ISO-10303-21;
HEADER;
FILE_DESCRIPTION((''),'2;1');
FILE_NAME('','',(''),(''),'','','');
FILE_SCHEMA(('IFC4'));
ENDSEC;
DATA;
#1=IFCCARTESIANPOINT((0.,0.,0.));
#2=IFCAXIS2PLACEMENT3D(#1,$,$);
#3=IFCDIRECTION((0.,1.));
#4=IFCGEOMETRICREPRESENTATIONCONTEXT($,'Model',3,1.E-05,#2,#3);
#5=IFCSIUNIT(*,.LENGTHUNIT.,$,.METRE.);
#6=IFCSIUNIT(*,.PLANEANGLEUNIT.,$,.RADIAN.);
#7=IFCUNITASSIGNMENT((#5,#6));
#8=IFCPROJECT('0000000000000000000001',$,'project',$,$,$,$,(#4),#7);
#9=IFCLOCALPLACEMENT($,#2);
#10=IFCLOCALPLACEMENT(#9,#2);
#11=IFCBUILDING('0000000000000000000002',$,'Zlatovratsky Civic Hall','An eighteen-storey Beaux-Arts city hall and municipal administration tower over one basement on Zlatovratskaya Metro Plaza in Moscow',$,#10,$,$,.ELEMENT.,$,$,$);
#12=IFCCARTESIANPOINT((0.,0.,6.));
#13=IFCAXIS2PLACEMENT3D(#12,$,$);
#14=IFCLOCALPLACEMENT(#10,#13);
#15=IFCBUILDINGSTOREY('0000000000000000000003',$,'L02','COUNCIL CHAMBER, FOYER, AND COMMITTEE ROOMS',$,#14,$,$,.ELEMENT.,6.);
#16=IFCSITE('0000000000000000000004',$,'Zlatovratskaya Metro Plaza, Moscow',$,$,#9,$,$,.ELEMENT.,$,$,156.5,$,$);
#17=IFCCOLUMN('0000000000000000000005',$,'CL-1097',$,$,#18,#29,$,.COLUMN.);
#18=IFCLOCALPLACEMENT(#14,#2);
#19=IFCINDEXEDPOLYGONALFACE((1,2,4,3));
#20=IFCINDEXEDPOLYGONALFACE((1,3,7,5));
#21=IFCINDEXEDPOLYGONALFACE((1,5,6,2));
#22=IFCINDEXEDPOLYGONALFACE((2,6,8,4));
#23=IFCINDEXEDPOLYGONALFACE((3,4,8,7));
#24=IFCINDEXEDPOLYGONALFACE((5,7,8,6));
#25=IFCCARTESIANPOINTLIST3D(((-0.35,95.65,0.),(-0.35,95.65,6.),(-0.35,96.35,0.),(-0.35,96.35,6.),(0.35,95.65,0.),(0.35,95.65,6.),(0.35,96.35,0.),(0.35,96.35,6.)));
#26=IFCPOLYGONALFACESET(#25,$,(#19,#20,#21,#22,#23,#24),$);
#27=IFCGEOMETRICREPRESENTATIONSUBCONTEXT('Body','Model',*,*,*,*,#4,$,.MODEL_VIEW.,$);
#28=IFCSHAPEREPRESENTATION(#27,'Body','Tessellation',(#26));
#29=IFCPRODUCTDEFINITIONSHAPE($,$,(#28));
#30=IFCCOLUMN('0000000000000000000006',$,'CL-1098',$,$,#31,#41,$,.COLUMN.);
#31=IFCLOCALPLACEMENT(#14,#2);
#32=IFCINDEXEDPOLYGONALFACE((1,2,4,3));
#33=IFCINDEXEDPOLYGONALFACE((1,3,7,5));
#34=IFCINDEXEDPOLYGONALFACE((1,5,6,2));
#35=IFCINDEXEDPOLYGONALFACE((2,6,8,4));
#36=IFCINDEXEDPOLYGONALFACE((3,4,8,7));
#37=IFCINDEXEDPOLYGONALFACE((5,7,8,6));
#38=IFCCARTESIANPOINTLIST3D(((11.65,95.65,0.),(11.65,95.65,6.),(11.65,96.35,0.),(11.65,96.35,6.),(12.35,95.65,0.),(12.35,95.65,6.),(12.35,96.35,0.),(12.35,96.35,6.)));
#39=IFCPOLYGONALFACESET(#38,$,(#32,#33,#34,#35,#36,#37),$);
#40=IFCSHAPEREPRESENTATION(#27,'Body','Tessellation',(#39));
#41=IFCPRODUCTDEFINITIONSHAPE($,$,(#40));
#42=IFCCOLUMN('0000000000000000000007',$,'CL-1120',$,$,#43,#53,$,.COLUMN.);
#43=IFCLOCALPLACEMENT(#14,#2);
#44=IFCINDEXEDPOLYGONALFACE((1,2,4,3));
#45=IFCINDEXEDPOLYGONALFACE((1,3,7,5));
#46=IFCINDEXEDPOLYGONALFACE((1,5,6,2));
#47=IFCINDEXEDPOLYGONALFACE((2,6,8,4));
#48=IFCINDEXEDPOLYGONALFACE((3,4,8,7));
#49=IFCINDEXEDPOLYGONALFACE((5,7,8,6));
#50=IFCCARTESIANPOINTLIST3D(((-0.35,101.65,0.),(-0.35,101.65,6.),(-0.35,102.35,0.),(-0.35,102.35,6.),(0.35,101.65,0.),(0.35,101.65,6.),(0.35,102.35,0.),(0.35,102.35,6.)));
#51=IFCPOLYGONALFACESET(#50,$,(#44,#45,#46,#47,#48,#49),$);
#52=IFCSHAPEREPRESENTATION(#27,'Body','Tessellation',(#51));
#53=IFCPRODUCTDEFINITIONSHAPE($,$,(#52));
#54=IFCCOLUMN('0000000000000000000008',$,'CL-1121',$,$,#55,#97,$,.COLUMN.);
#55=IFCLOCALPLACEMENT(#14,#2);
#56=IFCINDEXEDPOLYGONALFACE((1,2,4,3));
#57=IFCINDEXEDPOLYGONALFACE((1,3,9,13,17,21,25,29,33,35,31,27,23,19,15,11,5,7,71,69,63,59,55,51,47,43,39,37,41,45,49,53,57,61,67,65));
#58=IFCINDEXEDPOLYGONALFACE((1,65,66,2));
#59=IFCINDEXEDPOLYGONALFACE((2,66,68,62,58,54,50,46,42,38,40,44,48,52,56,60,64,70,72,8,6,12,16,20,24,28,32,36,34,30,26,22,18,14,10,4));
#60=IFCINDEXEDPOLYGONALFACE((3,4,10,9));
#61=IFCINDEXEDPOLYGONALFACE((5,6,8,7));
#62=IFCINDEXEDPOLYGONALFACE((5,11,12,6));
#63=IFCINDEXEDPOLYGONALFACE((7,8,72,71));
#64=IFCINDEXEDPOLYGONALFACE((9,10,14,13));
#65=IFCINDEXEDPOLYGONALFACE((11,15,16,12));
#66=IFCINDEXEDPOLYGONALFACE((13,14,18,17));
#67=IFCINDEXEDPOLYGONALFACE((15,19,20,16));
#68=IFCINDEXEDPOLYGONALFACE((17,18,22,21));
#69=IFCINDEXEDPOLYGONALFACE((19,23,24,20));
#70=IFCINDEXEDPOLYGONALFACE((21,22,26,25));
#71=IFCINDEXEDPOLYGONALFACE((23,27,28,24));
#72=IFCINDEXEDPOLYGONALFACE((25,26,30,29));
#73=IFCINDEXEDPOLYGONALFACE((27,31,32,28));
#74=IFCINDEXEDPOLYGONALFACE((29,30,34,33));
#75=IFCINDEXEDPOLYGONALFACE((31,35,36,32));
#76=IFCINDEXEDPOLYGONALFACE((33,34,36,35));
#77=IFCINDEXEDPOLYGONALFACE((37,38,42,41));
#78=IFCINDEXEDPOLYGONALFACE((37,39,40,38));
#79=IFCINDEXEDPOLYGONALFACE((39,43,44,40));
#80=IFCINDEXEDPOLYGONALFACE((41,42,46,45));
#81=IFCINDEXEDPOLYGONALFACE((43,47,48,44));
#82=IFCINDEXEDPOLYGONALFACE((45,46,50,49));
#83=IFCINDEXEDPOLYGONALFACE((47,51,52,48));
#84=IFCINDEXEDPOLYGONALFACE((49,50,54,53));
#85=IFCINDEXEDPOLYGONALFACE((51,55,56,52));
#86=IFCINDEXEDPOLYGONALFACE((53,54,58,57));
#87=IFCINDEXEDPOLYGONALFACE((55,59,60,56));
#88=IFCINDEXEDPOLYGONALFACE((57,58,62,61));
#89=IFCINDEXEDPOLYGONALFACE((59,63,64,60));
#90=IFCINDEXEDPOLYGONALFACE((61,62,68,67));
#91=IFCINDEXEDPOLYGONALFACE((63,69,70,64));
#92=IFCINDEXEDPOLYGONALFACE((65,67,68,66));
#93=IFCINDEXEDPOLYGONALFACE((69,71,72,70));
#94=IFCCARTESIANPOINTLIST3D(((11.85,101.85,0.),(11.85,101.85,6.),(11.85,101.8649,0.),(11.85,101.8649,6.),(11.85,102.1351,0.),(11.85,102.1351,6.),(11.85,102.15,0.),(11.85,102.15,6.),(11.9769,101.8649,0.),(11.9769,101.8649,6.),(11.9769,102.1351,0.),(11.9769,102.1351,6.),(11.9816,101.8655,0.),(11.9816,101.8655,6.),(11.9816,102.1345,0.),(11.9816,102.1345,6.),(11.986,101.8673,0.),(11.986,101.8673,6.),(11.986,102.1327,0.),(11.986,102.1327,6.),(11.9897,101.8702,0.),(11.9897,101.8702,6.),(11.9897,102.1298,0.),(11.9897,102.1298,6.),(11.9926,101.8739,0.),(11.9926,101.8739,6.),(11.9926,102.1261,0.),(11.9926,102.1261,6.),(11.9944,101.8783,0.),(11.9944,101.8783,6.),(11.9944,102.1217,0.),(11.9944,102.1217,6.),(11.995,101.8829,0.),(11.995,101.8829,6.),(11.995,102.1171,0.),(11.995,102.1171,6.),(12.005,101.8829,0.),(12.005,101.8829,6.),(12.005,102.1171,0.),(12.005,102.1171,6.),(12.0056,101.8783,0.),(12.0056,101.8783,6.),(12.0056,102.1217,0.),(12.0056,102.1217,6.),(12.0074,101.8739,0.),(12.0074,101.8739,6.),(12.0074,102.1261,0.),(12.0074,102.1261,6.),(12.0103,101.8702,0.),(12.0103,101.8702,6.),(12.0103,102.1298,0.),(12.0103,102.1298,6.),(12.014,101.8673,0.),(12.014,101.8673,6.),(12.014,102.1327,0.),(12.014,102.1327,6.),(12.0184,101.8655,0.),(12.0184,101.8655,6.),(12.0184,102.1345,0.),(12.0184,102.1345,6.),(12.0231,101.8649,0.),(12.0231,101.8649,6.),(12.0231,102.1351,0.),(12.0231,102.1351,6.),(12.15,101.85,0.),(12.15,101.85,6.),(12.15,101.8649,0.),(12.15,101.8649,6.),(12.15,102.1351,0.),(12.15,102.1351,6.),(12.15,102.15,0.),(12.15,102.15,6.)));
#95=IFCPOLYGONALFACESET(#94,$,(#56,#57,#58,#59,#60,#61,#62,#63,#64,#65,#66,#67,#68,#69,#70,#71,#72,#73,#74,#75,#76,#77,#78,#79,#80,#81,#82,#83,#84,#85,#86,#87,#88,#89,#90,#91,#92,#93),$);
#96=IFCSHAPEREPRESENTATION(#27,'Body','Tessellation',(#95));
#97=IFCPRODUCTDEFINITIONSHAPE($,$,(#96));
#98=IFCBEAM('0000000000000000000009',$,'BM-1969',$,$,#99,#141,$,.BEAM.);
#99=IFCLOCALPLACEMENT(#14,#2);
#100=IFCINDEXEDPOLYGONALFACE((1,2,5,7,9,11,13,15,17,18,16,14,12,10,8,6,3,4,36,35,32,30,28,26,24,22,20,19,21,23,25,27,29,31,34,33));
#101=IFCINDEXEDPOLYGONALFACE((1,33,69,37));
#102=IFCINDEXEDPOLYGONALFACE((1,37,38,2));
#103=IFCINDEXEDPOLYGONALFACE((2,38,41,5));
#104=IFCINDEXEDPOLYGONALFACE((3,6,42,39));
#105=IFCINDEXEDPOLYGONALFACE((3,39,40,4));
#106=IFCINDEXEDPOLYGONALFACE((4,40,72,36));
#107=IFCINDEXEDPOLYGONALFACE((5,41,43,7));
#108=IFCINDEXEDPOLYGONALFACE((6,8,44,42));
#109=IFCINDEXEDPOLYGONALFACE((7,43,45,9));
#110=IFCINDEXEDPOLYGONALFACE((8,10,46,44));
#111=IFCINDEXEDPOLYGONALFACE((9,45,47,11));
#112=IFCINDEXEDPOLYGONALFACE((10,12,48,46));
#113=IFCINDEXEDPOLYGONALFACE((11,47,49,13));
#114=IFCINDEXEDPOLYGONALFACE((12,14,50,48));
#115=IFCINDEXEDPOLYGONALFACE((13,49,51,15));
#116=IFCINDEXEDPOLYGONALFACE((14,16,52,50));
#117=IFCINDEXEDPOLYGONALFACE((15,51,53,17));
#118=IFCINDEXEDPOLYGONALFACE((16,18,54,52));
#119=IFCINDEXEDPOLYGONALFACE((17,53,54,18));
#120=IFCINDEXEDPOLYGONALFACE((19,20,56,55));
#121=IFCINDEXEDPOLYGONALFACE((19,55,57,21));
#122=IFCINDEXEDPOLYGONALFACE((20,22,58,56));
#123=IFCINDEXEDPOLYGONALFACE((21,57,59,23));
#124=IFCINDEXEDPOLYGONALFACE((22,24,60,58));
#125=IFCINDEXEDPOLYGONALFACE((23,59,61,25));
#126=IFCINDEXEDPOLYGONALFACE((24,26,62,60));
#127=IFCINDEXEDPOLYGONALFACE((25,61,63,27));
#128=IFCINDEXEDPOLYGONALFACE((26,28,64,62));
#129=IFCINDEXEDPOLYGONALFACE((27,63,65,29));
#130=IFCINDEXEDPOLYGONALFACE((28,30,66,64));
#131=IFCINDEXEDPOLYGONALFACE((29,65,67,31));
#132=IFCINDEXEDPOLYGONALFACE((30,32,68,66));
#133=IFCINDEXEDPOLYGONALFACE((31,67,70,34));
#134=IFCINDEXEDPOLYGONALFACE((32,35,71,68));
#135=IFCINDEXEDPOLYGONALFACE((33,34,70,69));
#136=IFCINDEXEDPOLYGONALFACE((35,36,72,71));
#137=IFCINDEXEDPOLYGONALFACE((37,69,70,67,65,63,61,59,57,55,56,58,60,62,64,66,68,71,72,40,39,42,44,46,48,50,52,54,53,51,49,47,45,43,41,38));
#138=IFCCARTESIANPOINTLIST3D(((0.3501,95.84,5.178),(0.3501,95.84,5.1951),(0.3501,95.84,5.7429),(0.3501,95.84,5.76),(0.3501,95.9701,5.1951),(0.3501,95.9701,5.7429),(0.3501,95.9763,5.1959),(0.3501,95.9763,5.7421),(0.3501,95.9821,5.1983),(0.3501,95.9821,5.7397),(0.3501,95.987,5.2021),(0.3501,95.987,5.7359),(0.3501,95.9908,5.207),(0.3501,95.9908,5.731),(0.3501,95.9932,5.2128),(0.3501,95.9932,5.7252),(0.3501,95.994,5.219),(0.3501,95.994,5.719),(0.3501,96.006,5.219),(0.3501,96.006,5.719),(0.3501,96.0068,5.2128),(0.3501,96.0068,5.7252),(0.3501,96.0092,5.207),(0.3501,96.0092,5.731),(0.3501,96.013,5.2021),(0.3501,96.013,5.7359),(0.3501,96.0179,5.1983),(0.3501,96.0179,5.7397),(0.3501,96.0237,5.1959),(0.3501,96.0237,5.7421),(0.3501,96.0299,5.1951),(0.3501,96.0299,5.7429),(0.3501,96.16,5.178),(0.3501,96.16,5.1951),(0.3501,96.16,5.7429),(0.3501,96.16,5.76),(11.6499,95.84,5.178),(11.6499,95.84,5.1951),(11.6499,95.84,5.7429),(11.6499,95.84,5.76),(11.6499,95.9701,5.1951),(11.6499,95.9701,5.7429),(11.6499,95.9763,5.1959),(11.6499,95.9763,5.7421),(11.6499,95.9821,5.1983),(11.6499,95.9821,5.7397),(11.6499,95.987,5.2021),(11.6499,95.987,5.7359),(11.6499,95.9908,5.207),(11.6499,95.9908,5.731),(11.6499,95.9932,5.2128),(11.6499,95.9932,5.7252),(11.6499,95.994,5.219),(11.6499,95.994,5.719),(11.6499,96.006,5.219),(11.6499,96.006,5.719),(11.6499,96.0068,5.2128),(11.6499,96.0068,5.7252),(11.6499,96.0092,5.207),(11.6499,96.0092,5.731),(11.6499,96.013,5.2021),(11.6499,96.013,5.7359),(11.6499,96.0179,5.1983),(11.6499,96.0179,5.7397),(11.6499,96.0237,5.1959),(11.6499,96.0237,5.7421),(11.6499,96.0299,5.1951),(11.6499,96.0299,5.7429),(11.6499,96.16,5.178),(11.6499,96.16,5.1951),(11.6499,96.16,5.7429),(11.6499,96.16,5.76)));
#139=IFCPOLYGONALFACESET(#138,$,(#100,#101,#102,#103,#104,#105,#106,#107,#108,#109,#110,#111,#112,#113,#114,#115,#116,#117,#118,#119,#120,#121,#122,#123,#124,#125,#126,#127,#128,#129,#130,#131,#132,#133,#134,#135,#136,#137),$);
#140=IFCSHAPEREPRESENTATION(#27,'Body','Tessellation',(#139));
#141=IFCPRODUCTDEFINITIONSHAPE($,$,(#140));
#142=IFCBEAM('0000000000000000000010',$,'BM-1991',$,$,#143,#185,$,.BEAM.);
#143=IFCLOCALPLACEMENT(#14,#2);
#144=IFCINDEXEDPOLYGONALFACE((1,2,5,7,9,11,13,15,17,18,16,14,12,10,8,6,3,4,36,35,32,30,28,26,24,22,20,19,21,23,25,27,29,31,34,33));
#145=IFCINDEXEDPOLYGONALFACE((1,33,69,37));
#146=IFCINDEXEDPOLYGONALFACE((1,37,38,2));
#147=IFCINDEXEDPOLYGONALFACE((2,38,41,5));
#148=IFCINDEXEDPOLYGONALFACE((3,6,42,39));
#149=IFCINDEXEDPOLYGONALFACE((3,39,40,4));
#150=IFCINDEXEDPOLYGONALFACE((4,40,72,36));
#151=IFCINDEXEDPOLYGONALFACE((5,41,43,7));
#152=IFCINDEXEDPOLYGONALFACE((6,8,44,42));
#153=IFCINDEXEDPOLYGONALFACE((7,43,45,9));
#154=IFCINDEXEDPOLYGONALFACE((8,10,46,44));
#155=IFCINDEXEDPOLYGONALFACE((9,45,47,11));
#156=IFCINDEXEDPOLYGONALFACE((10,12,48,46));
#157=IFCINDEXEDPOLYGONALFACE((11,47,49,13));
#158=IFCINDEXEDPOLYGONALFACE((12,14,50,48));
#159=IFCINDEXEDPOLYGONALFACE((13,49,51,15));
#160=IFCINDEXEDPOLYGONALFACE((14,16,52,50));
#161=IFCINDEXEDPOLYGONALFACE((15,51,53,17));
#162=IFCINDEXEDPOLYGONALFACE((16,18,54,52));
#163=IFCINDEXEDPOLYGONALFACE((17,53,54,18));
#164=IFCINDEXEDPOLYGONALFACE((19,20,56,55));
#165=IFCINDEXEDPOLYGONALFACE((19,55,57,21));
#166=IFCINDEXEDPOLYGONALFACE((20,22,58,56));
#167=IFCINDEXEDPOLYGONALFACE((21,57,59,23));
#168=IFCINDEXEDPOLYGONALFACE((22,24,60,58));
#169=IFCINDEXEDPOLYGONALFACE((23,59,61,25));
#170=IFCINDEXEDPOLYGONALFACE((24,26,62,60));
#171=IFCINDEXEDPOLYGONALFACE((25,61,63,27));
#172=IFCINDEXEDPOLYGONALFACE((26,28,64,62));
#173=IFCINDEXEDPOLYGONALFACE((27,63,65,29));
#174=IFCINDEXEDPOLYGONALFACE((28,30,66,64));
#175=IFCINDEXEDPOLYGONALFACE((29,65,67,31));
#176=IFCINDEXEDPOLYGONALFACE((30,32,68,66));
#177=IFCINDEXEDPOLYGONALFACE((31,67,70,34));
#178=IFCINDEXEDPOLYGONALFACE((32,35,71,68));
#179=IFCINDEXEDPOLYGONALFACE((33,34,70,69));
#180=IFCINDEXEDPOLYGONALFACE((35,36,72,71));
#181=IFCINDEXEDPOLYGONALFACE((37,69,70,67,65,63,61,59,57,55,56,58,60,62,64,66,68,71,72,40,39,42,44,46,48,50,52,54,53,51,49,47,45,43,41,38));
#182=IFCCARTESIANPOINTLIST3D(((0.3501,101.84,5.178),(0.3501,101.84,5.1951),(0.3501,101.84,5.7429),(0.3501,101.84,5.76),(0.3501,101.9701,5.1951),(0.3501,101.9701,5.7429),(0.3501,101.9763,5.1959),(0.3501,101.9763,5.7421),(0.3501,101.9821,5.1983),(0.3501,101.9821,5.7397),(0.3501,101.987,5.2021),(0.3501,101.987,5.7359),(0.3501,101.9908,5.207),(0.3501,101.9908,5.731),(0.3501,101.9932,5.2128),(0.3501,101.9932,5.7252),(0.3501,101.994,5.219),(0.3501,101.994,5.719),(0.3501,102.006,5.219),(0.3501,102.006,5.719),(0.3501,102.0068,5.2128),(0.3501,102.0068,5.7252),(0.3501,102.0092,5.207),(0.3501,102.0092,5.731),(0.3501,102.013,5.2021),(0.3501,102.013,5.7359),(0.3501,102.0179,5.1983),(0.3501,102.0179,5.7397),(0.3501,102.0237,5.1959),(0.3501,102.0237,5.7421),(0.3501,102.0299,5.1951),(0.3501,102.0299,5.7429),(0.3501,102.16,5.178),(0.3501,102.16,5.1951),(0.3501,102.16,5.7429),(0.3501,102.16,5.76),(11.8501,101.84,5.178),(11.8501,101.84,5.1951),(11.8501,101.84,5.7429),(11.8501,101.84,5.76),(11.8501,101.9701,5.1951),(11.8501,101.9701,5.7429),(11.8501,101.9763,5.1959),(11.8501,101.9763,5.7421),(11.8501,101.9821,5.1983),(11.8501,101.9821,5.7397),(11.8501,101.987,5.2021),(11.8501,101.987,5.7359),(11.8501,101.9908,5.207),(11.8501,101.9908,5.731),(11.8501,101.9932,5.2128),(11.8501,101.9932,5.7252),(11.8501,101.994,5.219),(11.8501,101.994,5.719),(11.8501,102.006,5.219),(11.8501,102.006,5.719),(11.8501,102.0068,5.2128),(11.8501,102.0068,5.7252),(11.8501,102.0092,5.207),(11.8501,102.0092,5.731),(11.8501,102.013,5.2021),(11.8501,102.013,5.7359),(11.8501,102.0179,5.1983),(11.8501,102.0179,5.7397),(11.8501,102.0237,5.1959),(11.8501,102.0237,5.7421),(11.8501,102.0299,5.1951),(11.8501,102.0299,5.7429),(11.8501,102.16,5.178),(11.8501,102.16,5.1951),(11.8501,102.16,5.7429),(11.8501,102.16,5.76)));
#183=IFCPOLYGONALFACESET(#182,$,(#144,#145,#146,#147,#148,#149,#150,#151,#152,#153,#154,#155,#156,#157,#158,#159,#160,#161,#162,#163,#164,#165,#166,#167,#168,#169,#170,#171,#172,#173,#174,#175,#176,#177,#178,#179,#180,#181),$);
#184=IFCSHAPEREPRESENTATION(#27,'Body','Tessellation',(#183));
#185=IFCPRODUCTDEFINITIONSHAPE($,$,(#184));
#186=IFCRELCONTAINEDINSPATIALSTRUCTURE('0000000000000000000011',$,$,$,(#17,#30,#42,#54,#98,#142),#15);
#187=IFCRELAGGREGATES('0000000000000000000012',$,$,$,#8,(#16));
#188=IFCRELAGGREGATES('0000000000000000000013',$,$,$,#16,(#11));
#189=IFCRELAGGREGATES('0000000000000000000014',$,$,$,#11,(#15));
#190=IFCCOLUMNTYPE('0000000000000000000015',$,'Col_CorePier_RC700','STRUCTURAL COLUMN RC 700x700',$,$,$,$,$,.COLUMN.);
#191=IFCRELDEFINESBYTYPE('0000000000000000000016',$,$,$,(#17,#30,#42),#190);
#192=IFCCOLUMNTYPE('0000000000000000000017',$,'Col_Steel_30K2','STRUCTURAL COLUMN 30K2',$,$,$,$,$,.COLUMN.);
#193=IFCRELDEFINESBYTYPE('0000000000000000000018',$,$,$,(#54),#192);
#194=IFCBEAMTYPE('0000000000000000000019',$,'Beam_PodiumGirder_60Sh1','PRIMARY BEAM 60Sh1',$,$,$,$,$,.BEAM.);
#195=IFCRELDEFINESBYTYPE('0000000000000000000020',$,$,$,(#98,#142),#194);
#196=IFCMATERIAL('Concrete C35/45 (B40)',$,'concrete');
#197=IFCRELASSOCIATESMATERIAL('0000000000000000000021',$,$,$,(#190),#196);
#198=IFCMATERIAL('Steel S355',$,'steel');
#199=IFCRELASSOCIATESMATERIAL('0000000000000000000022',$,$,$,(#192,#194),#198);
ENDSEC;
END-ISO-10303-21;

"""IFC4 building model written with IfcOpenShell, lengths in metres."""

from ifc_helpers import new_model, si_unit, direction, frame, origin, origin_2d, place, context, subcontext, project, spatial, rectangle, i_section, extrude, material, material_profile, profile_set, type_object, element, save


model = new_model("IFC4")

# Units and contexts
model_context = context("Model", 3, precision=1e-05, world=origin(), true_north=direction((0.0, 1.0)))
body_context = subcontext(model_context, "Body", "Model", "MODEL_VIEW")
ifc_project = project(units=[si_unit("LENGTHUNIT", "METRE"), si_unit("PLANEANGLEUNIT", "RADIAN")], contexts=[model_context])

# Site, building, storey
site_placement = place(None, origin())
site = spatial("IfcSite", under=ifc_project, at=site_placement, Name="Zlatovratskaya Metro Plaza, Moscow", CompositionType="ELEMENT", RefElevation=156.5)
building_placement = place(site_placement, origin())
building = spatial("IfcBuilding", under=site, at=building_placement, Name="Zlatovratsky Civic Hall", Description="An eighteen-storey Beaux-Arts city hall and municipal administration tower over one basement on Zlatovratskaya Metro Plaza in Moscow", CompositionType="ELEMENT")
storey_placement = place(building_placement, frame((0.0, 0.0, 6.0)))
storey = spatial("IfcBuildingStorey", under=building, at=storey_placement, Name="L02", Description="COUNCIL CHAMBER, FOYER, AND COMMITTEE ROOMS", CompositionType="ELEMENT", Elevation=6.0)

# Columns
ifc_material_1 = material(Name="Concrete C35/45 (B40)", Category="concrete")
ifc_material_profile_1 = material_profile(ifc_material_1, rectangle(XDim=0.7, YDim=0.7, at=origin_2d()), Name="RC 700x700")
ifc_profile_set_1 = profile_set([ifc_material_profile_1], Name="Concrete C35/45 (B40)")
column_type_1 = type_object("IfcColumnType", Name="Col_CorePier_RC700", Description="STRUCTURAL COLUMN RC 700x700", PredefinedType="COLUMN", material=ifc_profile_set_1)
for number, where, z_axis, x_axis, name in (
    (1, (0.0, 96.0, 0.0), (0.0, 0.0, 1.0), (1.0, 0.0, 0.0), "CL-1097"),
    (2, (12.0, 96.0, 0.0), (0.0, 0.0, 1.0), (1.0, 0.0, 0.0), "CL-1098"),
    (3, (0.0, 102.0, 0.0), (0.0, 0.0, 1.0), (1.0, 0.0, 0.0), "CL-1120"),
):
    element("IfcColumn", number, at=place(storey_placement, frame(where, z_axis=z_axis, x_axis=x_axis)), inside=storey, type_object=column_type_1, Name=name, PredefinedType="COLUMN", context=body_context, shape_type="SweptSolid", body=[
        extrude(rectangle(XDim=0.7, YDim=0.7, at=origin_2d()), origin(), (0.0, 0.0, 1.0), 6.0),
    ])
ifc_material_2 = material(Name="Steel S355", Category="steel")
ifc_material_profile_2 = material_profile(ifc_material_2, i_section(OverallWidth=0.3, OverallDepth=0.3, WebThickness=0.01, FlangeThickness=0.0149, FilletRadius=0.0181, at=origin_2d()), Name="30K2")
ifc_profile_set_2 = profile_set([ifc_material_profile_2], Name="Steel S355")
column_type_2 = type_object("IfcColumnType", Name="Col_Steel_30K2", Description="STRUCTURAL COLUMN 30K2", PredefinedType="COLUMN", material=ifc_profile_set_2)
column_placement = place(storey_placement, frame((12.0, 102.0, 0.0), z_axis=(0.0, 0.0, 1.0), x_axis=(1.0, 0.0, 0.0)))
element("IfcColumn", 4, at=column_placement, inside=storey, type_object=column_type_2, Name="CL-1121", PredefinedType="COLUMN", context=body_context, shape_type="SweptSolid", body=[
    extrude(i_section(OverallWidth=0.3, OverallDepth=0.3, WebThickness=0.01, FlangeThickness=0.0149, FilletRadius=0.0181, at=origin_2d()), origin(), (0.0, 0.0, 1.0), 6.0),
])

# Beams
ifc_material_profile_3 = material_profile(ifc_material_2, i_section(OverallWidth=0.3201, OverallDepth=0.582, WebThickness=0.012, FlangeThickness=0.0171, FilletRadius=0.0239, at=origin_2d()), Name="60Sh1")
ifc_profile_set_3 = profile_set([ifc_material_profile_3], Name="Steel S355")
beam_type_1 = type_object("IfcBeamType", Name="Beam_PodiumGirder_60Sh1", Description="PRIMARY BEAM 60Sh1", PredefinedType="BEAM", material=ifc_profile_set_3)
beam_1_placement = place(storey_placement, frame((0.3501, 96.0, 5.469), z_axis=(1.0, 0.0, 0.0), x_axis=(0.0, 1.0, 0.0)))
element("IfcBeam", 5, at=beam_1_placement, inside=storey, type_object=beam_type_1, Name="BM-1969", PredefinedType="BEAM", context=body_context, shape_type="SweptSolid", body=[
    extrude(i_section(OverallWidth=0.3201, OverallDepth=0.582, WebThickness=0.012, FlangeThickness=0.0171, FilletRadius=0.0239, at=origin_2d()), origin(), (0.0, 0.0, 1.0), 11.2998),
])
beam_2_placement = place(storey_placement, frame((0.3501, 102.0, 5.469), z_axis=(1.0, 0.0, 0.0), x_axis=(0.0, 1.0, 0.0)))
element("IfcBeam", 6, at=beam_2_placement, inside=storey, type_object=beam_type_1, Name="BM-1991", PredefinedType="BEAM", context=body_context, shape_type="SweptSolid", body=[
    extrude(i_section(OverallWidth=0.3201, OverallDepth=0.582, WebThickness=0.012, FlangeThickness=0.0171, FilletRadius=0.0239, at=origin_2d()), origin(), (0.0, 0.0, 1.0), 11.5),
])

save(model, "model.ifc")
